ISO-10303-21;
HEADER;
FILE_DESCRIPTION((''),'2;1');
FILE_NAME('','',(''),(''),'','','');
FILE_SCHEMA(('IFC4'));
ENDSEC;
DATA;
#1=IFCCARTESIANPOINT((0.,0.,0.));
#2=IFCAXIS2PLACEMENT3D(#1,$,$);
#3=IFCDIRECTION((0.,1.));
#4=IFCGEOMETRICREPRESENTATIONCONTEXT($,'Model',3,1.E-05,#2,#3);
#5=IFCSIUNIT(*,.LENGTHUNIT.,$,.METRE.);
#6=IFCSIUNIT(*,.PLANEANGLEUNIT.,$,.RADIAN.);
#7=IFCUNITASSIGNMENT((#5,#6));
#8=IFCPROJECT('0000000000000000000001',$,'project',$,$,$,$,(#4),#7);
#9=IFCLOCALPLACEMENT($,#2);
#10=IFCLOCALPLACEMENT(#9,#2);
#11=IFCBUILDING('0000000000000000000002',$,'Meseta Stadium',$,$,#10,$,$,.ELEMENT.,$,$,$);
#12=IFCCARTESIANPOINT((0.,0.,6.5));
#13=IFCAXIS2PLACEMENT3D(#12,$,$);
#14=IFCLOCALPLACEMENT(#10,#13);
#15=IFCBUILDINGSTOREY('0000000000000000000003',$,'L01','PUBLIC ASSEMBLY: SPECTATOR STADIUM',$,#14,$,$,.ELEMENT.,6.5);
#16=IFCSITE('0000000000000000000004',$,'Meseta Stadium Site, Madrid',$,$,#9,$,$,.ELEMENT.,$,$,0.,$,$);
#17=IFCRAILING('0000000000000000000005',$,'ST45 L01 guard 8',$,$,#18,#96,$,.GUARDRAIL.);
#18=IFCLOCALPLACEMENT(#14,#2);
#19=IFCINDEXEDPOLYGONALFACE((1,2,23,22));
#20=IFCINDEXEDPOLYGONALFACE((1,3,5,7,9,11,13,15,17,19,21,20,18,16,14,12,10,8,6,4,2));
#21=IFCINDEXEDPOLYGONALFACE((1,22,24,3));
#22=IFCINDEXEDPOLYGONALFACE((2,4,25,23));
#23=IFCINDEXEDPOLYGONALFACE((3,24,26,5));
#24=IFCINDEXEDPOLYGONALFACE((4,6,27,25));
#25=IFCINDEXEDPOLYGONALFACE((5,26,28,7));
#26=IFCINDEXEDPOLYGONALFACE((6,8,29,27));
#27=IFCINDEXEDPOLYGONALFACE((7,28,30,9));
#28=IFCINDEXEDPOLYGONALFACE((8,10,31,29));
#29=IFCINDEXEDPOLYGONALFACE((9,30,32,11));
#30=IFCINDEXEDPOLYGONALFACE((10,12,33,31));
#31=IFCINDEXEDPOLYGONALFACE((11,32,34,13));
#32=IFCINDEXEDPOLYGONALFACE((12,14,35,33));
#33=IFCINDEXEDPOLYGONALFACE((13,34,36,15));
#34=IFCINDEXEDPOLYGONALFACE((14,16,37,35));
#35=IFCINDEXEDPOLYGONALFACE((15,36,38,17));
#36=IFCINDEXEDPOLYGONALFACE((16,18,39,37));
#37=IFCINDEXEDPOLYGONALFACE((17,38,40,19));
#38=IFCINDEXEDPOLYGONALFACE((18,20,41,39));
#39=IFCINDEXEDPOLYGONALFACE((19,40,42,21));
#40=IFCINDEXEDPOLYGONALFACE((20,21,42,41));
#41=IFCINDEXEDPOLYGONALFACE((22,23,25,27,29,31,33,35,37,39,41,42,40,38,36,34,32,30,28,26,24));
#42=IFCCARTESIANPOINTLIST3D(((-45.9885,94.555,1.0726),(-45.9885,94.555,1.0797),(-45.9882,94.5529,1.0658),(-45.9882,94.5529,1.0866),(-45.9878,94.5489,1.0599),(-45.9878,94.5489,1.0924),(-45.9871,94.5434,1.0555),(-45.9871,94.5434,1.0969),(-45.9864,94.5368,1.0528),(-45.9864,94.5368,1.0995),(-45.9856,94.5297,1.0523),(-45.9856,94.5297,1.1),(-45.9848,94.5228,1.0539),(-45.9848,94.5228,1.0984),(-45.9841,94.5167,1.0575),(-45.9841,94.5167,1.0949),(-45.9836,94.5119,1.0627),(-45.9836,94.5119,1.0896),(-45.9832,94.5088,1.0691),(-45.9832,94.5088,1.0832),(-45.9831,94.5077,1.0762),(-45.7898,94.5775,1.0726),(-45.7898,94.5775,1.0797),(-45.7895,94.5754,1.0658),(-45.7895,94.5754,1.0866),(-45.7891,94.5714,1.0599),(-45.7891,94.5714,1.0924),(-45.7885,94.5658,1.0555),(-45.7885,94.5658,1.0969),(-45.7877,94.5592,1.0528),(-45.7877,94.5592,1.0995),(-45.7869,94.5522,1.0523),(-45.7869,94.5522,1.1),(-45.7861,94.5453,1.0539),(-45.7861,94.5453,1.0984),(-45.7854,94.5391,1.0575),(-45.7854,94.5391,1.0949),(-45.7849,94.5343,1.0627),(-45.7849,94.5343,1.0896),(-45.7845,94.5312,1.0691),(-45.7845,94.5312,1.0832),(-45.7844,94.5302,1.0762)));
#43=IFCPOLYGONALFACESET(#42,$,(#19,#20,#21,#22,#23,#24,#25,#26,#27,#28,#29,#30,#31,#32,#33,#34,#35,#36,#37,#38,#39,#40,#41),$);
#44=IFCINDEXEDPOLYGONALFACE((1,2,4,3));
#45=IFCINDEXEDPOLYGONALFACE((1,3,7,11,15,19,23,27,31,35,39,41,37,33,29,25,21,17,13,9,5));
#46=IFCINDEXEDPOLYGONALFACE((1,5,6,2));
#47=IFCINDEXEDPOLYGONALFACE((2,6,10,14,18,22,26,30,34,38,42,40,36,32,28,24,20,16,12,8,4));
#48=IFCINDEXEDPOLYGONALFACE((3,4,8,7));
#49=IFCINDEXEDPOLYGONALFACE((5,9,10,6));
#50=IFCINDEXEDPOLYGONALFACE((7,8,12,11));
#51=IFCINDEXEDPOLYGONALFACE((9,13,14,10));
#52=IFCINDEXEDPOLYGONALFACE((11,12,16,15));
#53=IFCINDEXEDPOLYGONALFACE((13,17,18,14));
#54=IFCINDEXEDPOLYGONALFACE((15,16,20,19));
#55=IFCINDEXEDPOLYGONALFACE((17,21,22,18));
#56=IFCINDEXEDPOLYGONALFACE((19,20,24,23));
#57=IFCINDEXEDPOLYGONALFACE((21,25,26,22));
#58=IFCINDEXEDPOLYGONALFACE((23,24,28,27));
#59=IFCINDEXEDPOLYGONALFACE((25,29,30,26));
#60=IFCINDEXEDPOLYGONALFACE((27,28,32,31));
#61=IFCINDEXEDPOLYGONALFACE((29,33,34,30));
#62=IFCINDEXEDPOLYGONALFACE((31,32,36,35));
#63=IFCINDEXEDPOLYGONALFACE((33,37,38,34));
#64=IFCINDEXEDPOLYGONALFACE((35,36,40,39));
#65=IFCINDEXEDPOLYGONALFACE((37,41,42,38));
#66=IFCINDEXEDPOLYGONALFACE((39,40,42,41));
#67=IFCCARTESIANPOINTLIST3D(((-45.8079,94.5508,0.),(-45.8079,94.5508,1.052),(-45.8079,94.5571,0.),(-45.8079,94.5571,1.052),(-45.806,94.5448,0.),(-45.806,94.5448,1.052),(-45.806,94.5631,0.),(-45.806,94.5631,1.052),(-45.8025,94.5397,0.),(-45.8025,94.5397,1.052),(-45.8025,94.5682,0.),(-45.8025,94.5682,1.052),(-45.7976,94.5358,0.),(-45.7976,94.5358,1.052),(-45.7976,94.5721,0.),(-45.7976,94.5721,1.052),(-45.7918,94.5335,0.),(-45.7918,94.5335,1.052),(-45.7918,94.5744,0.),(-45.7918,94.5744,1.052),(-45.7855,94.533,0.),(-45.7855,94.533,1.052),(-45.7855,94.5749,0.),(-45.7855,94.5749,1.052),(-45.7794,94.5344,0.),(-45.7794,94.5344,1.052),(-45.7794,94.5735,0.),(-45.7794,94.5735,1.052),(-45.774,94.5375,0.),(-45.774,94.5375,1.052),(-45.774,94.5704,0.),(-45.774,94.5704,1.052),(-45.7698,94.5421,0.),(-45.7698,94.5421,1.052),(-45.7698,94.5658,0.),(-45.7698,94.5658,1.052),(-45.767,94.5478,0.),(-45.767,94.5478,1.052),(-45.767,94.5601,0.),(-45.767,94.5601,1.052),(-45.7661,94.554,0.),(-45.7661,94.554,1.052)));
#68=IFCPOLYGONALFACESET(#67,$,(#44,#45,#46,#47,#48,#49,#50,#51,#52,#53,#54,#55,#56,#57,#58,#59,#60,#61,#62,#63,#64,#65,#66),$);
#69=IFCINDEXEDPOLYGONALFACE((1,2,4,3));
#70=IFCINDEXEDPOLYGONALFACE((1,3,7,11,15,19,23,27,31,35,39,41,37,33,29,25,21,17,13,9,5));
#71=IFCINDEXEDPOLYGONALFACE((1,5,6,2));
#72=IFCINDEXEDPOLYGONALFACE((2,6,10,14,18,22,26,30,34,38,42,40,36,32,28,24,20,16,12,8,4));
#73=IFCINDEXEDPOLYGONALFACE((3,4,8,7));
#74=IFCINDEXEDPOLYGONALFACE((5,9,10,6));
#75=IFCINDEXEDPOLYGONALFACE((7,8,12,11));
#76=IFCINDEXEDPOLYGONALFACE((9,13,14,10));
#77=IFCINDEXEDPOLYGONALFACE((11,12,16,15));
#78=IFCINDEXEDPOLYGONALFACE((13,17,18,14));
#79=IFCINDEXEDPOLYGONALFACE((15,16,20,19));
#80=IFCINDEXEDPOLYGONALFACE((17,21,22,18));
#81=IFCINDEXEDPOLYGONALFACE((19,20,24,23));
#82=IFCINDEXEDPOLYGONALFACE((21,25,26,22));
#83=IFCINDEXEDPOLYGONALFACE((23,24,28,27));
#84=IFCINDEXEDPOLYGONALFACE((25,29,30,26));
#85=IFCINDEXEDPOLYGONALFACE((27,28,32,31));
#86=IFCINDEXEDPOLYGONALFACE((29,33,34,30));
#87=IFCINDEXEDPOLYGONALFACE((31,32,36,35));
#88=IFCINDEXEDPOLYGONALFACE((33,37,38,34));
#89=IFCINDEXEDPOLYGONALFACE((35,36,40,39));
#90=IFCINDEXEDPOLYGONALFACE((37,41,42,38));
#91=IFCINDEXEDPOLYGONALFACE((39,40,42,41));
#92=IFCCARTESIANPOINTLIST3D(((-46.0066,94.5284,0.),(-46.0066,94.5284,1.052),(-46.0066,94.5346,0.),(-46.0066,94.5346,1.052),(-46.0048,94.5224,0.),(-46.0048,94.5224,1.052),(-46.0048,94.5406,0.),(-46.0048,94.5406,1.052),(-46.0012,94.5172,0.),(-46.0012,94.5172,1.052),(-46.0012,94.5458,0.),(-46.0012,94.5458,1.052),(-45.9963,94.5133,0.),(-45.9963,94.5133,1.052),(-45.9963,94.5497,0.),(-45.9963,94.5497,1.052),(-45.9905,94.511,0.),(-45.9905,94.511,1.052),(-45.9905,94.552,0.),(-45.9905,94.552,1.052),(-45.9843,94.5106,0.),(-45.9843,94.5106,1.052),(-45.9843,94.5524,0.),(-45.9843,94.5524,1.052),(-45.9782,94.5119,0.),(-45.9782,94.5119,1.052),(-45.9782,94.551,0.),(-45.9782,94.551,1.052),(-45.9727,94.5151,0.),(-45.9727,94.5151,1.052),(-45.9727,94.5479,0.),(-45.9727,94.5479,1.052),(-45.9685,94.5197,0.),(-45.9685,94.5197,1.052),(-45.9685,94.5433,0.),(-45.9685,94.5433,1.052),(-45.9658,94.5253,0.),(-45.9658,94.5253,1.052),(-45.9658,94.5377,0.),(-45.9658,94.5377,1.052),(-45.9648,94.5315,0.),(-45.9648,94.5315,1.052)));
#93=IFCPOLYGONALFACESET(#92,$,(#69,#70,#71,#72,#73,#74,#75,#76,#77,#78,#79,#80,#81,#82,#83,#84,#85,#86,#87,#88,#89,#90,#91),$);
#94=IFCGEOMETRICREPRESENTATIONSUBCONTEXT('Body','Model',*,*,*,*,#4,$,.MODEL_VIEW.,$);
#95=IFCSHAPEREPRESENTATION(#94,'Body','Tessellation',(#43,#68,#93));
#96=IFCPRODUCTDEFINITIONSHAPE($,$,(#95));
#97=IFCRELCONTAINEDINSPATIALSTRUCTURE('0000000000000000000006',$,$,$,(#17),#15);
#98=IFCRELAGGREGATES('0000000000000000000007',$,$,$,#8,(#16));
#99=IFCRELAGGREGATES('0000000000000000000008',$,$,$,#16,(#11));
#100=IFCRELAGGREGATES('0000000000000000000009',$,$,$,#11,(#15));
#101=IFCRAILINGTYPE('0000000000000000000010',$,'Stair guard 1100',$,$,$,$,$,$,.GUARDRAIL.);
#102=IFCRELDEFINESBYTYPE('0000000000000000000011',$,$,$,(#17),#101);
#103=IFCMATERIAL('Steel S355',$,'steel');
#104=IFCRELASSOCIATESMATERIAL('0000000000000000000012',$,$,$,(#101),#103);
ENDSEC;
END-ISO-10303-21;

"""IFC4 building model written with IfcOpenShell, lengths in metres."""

from ifc_helpers import new_model, si_unit, direction, frame, origin, origin_2d, place, context, subcontext, project, spatial, circle, extrude, material, type_object, element, save


model = new_model("IFC4")

# Units and contexts
model_context = context("Model", 3, precision=1e-05, world=origin(), true_north=direction((0.0, 1.0)))
body_context = subcontext(model_context, "Body", "Model", "MODEL_VIEW")
ifc_project = project(units=[si_unit("LENGTHUNIT", "METRE"), si_unit("PLANEANGLEUNIT", "RADIAN")], contexts=[model_context])

# Site, building, storey
site_placement = place(None, origin())
site = spatial("IfcSite", under=ifc_project, at=site_placement, Name="Meseta Stadium Site, Madrid", CompositionType="ELEMENT", RefElevation=0.0)
building_placement = place(site_placement, origin())
building = spatial("IfcBuilding", under=site, at=building_placement, Name="Meseta Stadium", CompositionType="ELEMENT")
storey_placement = place(building_placement, frame((0.0, 0.0, 6.5)))
storey = spatial("IfcBuildingStorey", under=building, at=storey_placement, Name="L01", Description="PUBLIC ASSEMBLY: SPECTATOR STADIUM", CompositionType="ELEMENT", Elevation=6.5)

# Railing
ifc_material_1 = material(Name="Steel S355", Category="steel")
railing_type_1 = type_object("IfcRailingType", Name="Stair guard 1100", PredefinedType="GUARDRAIL", material=ifc_material_1)
railing_1_placement = place(storey_placement, frame((-45.7871, 94.554, 0.0)))
element("IfcRailing", 1, at=railing_1_placement, inside=storey, type_object=railing_type_1, Name="ST45 L01 guard 8", PredefinedType="GUARDRAIL", context=body_context, shape_type="SweptSolid", body=[
    extrude(circle(Radius=0.0239, at=origin_2d()), frame((0.0, 0.0, 1.0762), z_axis=(-0.993674, -0.112307, 0.0), x_axis=(0.112307, -0.993674, 0.0)), (0.0, 0.0, 1.0), 0.2),
    extrude(circle(Radius=0.021, at=origin_2d()), origin(), (0.0, 0.0, 1.0), 1.052),
    extrude(circle(Radius=0.021, at=origin_2d()), frame((-0.1987, -0.0225, 0.0)), (0.0, 0.0, 1.0), 1.052),
])

save(model, "model.ifc")
